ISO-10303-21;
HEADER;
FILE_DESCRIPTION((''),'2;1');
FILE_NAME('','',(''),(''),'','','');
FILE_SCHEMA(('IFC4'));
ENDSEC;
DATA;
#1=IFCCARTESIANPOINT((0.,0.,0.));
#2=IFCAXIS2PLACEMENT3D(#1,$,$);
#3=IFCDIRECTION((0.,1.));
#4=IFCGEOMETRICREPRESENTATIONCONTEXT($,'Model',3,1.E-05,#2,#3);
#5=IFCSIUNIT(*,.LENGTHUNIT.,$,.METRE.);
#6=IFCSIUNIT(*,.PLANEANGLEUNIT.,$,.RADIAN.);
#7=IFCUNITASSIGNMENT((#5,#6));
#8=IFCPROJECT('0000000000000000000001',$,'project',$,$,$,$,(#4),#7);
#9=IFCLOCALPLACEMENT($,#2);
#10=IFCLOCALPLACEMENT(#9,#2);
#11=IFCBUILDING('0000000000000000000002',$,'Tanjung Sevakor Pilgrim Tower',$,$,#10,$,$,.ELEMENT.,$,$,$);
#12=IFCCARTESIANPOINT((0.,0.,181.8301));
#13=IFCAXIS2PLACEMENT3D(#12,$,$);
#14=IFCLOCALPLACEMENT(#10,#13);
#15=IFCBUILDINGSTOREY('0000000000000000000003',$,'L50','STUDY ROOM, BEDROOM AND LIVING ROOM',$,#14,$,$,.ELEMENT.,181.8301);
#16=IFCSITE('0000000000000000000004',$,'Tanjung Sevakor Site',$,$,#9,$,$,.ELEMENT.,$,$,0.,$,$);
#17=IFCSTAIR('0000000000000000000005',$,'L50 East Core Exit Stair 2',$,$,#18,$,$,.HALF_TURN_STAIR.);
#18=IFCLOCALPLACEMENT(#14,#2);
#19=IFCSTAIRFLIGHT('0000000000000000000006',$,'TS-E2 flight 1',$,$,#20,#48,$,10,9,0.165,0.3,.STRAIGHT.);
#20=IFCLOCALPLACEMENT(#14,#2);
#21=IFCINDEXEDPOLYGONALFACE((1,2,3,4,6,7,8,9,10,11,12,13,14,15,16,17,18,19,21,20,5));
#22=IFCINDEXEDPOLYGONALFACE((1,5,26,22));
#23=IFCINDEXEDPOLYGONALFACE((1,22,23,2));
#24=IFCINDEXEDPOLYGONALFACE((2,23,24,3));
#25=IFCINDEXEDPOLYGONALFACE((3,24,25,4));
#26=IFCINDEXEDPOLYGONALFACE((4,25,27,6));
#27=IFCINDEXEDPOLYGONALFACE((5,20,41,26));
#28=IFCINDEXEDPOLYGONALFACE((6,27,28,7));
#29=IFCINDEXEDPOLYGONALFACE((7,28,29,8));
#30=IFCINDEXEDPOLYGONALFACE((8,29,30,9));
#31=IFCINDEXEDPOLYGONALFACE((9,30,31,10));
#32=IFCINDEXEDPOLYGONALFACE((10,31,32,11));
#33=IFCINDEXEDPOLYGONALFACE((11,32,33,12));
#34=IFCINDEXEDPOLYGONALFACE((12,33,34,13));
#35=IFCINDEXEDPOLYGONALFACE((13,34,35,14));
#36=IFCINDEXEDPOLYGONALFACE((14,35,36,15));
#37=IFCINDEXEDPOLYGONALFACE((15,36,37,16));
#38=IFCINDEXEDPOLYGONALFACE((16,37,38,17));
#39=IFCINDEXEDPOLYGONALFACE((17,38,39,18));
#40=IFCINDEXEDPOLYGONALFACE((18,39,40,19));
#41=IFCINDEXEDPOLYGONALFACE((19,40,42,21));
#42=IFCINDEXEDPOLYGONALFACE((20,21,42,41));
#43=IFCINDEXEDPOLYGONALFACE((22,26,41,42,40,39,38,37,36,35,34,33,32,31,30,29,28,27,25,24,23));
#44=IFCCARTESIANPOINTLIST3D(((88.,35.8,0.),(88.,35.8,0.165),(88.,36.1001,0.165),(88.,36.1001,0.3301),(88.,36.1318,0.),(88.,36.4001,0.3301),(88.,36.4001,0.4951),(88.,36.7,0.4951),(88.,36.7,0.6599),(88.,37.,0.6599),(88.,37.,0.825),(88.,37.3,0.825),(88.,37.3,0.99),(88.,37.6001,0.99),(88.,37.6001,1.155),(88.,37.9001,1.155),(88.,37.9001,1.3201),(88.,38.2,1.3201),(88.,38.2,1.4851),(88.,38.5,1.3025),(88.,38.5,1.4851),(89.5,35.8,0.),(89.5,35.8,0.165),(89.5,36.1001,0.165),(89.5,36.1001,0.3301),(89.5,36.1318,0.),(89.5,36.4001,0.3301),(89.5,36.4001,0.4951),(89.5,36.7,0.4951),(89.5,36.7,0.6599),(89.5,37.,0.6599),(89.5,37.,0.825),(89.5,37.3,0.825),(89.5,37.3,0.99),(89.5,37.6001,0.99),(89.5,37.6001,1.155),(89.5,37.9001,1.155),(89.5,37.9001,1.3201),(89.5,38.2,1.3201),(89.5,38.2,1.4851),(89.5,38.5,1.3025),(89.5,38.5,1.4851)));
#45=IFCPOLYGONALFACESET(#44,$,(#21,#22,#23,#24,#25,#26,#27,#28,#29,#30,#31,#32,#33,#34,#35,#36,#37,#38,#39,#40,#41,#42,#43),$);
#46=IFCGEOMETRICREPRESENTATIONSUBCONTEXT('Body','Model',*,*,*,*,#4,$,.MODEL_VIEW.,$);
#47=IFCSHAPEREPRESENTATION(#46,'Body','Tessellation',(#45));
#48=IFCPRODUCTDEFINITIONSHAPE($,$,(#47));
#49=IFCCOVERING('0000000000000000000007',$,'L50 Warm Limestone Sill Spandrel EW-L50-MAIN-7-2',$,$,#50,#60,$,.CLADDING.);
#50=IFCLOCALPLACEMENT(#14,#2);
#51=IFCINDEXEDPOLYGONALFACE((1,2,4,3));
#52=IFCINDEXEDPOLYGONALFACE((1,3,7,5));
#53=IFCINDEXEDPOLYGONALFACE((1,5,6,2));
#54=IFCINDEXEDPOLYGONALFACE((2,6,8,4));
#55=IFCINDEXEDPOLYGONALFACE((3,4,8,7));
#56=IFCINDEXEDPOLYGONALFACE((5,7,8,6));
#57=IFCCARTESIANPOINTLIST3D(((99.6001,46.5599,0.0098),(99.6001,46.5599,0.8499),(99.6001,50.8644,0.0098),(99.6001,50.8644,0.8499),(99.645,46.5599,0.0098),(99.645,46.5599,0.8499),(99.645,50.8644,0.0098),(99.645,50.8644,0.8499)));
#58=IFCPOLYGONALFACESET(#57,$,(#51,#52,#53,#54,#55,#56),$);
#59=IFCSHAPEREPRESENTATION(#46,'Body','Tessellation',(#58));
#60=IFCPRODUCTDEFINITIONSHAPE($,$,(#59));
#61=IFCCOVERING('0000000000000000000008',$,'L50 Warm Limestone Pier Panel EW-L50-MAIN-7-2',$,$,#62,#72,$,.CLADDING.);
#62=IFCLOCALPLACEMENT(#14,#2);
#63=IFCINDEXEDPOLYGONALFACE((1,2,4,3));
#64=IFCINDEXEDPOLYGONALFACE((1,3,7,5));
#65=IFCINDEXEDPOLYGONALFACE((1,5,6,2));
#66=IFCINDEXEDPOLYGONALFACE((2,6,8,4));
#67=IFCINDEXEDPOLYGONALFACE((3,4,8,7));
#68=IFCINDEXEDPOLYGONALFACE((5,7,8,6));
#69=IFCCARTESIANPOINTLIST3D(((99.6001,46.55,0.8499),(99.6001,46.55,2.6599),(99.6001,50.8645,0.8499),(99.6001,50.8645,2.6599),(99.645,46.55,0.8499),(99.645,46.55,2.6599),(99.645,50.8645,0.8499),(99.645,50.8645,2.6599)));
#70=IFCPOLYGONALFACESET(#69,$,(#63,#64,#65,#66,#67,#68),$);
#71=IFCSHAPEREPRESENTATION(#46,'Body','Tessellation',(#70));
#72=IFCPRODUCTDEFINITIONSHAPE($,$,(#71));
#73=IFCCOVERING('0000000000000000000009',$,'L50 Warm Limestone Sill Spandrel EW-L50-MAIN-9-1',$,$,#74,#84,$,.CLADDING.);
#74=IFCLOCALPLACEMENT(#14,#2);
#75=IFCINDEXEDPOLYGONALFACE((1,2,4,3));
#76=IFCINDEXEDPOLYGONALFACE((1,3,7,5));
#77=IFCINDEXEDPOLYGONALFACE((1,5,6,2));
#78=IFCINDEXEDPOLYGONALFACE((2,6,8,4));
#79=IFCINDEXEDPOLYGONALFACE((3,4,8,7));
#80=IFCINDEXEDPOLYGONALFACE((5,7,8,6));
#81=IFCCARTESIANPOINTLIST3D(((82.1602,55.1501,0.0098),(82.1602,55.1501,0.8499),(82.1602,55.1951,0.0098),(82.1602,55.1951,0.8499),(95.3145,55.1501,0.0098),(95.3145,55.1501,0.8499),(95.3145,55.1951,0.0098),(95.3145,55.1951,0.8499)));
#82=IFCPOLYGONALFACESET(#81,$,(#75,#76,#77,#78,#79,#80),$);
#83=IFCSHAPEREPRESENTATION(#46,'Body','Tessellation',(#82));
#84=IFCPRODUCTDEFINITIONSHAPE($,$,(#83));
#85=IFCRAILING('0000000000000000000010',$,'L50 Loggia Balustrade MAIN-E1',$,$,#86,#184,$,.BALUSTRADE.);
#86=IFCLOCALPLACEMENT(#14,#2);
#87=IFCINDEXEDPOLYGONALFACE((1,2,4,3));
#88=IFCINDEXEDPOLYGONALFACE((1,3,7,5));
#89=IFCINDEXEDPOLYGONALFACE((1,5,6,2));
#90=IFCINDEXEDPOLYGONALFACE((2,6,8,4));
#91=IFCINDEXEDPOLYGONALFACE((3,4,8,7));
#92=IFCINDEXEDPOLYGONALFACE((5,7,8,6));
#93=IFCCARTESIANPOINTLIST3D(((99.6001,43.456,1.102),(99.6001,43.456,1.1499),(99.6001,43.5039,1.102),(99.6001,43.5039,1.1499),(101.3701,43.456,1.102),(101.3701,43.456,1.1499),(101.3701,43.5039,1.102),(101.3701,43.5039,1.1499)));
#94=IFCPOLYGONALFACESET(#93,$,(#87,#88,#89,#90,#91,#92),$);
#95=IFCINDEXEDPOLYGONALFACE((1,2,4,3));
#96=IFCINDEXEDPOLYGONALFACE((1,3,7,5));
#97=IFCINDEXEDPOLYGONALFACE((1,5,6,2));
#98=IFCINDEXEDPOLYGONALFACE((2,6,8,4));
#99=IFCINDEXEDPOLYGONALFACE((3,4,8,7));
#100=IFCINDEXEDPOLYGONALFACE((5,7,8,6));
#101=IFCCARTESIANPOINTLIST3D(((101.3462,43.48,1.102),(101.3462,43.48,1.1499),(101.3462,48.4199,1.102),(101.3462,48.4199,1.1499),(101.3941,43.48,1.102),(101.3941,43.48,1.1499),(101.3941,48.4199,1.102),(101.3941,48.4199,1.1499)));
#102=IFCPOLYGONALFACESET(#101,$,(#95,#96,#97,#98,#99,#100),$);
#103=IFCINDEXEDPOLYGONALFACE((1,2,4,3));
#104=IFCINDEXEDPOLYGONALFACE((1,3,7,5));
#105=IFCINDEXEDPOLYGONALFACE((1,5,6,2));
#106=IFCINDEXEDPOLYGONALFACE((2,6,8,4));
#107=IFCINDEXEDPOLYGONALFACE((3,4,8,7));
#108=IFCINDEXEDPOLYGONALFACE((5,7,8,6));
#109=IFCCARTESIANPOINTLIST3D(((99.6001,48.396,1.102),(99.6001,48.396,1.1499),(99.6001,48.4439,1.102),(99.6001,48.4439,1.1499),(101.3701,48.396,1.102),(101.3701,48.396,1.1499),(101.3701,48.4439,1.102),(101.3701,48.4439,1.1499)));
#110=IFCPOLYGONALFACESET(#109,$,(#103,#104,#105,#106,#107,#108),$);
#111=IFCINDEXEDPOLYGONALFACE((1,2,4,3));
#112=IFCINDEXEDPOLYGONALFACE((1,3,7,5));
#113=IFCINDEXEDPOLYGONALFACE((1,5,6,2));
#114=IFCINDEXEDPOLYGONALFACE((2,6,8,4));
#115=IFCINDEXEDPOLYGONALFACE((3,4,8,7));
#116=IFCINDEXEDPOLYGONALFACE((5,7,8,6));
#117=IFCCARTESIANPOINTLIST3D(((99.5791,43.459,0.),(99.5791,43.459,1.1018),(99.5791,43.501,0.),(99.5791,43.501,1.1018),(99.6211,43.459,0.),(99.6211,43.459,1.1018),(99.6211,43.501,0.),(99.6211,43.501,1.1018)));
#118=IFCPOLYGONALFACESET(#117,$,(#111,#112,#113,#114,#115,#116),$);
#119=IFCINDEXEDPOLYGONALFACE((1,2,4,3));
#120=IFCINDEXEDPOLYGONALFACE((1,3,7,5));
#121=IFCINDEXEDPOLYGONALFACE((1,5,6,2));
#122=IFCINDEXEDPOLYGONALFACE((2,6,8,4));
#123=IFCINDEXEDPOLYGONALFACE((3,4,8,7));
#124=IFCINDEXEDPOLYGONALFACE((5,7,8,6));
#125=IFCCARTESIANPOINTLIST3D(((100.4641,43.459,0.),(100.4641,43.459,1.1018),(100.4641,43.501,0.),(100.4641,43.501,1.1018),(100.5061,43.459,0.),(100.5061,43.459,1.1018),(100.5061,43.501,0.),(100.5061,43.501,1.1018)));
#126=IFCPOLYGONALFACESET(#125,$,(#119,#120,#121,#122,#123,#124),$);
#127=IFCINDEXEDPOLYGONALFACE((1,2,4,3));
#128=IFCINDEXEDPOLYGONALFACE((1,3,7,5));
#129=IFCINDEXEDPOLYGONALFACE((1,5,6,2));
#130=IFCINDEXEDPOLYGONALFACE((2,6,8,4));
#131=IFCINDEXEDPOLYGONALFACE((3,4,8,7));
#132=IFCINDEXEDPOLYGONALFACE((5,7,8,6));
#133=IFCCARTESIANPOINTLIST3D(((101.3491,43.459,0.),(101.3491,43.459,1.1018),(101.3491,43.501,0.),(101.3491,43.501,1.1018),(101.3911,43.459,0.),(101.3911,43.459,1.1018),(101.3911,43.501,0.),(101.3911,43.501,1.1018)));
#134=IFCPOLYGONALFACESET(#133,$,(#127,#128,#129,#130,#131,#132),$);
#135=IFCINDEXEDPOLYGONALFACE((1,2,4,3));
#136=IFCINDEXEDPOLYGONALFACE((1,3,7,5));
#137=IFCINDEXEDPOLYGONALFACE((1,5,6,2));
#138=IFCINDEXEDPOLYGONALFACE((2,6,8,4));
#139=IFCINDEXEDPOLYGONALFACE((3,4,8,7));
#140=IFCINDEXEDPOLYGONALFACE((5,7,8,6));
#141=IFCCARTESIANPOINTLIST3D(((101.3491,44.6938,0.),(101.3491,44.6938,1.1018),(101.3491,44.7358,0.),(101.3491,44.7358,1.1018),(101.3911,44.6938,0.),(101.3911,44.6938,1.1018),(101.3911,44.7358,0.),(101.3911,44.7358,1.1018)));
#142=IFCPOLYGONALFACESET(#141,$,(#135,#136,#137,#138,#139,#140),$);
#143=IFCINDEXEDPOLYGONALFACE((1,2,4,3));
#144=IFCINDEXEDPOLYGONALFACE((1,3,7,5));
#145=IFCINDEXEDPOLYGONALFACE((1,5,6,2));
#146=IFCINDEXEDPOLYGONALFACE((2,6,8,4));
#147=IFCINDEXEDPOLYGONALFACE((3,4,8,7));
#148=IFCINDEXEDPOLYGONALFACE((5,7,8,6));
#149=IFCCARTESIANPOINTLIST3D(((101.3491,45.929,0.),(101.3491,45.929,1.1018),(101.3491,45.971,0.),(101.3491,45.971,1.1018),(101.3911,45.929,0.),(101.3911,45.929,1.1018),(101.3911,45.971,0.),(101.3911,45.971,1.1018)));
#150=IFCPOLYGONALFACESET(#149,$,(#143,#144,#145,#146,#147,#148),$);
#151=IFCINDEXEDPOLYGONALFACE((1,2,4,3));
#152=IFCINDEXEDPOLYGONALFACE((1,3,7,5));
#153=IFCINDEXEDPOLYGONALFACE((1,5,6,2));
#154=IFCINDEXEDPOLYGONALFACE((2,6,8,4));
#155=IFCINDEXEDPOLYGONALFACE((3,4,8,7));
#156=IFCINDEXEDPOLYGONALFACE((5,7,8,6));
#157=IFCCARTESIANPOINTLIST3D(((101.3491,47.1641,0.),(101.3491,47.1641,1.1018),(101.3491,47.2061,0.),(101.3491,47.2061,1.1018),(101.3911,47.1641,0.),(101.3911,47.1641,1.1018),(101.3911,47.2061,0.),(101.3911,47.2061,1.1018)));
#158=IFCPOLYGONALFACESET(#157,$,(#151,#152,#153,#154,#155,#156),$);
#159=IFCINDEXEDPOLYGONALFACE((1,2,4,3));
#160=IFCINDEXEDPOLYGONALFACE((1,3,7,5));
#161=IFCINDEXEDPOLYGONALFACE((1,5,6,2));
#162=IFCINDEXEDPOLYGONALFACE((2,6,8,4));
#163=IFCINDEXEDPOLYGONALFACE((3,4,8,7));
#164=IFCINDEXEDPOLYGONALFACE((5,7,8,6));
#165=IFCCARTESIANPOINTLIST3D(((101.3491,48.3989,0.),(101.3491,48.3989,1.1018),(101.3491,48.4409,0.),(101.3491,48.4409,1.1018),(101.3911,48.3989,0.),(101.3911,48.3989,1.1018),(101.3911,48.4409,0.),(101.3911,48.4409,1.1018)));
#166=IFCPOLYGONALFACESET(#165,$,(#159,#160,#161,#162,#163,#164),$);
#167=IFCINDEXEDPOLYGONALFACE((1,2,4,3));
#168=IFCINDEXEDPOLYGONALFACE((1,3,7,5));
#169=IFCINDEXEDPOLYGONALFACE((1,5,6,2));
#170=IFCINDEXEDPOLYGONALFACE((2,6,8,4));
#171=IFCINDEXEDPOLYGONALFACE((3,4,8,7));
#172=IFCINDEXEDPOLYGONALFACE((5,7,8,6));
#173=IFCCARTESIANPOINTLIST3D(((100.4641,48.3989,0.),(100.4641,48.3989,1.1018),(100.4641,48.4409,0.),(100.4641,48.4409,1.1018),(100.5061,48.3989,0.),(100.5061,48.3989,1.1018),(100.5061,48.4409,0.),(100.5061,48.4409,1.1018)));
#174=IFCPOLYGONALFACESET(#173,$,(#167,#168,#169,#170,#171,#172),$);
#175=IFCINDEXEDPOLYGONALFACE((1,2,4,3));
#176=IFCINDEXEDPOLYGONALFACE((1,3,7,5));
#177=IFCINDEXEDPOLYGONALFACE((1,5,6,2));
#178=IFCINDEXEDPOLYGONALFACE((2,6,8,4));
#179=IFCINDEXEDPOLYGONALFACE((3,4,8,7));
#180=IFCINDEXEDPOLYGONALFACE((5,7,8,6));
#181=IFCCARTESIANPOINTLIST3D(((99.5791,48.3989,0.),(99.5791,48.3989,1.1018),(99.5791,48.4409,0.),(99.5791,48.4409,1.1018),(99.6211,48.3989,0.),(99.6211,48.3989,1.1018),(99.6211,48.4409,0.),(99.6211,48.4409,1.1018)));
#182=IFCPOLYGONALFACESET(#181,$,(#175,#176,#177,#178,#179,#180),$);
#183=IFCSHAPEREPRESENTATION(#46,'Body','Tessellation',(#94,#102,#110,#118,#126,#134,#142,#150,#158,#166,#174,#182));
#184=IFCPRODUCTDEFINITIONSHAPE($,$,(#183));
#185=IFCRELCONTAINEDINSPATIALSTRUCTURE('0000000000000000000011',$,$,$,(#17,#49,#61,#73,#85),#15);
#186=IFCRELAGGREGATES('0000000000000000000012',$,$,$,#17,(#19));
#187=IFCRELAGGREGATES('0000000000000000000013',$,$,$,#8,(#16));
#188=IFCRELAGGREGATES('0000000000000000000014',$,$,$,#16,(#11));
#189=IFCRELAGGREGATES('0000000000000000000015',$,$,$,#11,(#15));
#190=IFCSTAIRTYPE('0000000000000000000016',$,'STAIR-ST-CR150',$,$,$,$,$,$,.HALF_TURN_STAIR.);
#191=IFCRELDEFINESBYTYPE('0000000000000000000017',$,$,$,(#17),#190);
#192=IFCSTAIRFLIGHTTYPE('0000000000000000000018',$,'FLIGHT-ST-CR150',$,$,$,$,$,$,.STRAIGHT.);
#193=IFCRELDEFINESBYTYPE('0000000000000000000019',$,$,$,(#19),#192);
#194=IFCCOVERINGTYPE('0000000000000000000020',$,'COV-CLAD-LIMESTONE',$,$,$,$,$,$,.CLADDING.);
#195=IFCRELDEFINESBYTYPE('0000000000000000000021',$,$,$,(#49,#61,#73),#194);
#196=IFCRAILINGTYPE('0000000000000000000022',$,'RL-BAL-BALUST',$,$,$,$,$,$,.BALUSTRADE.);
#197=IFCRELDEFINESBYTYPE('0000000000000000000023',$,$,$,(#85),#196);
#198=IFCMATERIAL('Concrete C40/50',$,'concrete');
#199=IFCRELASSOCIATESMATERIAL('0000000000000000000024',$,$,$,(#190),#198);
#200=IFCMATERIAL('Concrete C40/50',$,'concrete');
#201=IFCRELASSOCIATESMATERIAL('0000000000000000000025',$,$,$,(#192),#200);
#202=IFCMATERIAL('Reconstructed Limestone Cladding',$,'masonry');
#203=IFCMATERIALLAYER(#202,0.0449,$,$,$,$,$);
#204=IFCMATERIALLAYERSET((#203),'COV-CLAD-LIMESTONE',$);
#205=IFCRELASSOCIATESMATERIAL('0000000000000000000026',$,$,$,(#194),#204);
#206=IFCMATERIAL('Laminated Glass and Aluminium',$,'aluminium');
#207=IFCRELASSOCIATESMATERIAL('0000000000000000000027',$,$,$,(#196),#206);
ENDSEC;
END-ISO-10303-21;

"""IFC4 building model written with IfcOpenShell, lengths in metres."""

from ifc_helpers import new_model, si_unit, direction, frame, origin, origin_2d, place, context, subcontext, project, spatial, polyline, rectangle, outline, extrude, material, layer, layer_set, type_object, element, aggregate, save


model = new_model("IFC4")

# Units and contexts
model_context = context("Model", 3, precision=1e-05, world=origin(), true_north=direction((0.0, 1.0)))
body_context = subcontext(model_context, "Body", "Model", "MODEL_VIEW")
ifc_project = project(units=[si_unit("LENGTHUNIT", "METRE"), si_unit("PLANEANGLEUNIT", "RADIAN")], contexts=[model_context])

# Site, building, storey
site_placement = place(None, origin())
site = spatial("IfcSite", under=ifc_project, at=site_placement, Name="Tanjung Sevakor Site", CompositionType="ELEMENT", RefElevation=0.0)
building_placement = place(site_placement, origin())
building = spatial("IfcBuilding", under=site, at=building_placement, Name="Tanjung Sevakor Pilgrim Tower", CompositionType="ELEMENT")
storey_placement = place(building_placement, frame((0.0, 0.0, 181.8301)))
storey = spatial("IfcBuildingStorey", under=building, at=storey_placement, Name="L50", Description="STUDY ROOM, BEDROOM AND LIVING ROOM", CompositionType="ELEMENT", Elevation=181.8301)

# Stair, stair flight
ifc_material_1 = material(Name="Concrete C40/50", Category="concrete")
stair_type = type_object("IfcStairType", Name="STAIR-ST-CR150", PredefinedType="HALF_TURN_STAIR", material=ifc_material_1)
stair_placement = place(storey_placement, origin())
stair = element("IfcStair", 1, at=stair_placement, inside=storey, type_object=stair_type, Name="L50 East Core Exit Stair 2", PredefinedType="HALF_TURN_STAIR")
ifc_material_2 = material(Name="Concrete C40/50", Category="concrete")
stair_flight_type = type_object("IfcStairFlightType", Name="FLIGHT-ST-CR150", PredefinedType="STRAIGHT", material=ifc_material_2)
stair_flight_placement = place(storey_placement, frame((88.75, 35.8, 0.0), z_axis=(0.0, 0.0, 1.0), x_axis=(0.0, 1.0, 0.0)))
stair_flight = element("IfcStairFlight", 2, at=stair_flight_placement, type_object=stair_flight_type, Name="TS-E2 flight 1", NumberOfRisers=10, NumberOfTreads=9, PredefinedType="STRAIGHT", RiserHeight=0.165, TreadLength=0.3, context=body_context, shape_type="SweptSolid", body=[
    extrude(outline(polyline([(0.0, 0.0), (0.0, 0.165), (0.3, 0.165), (0.3, 0.3301), (0.6001, 0.3301), (0.6001, 0.4951), (0.8999, 0.4951), (0.8999, 0.6599), (1.2, 0.6599), (1.2, 0.825), (1.5, 0.825), (1.5, 0.99), (1.8, 0.99), (1.8, 1.155), (2.1001, 1.155), (2.1001, 1.3201), (2.3999, 1.3201), (2.3999, 1.4851), (2.7, 1.4851), (2.7, 1.6499), (2.7, 1.3025), (0.3318, 0.0), (0.0, 0.0)])), frame((0.0, 0.75, 0.0), z_axis=(0.0, -1.0, 0.0), x_axis=(1.0, 0.0, 0.0)), (0.0, 0.0, 1.0), 1.5),
])
aggregate(stair, [stair_flight])

# Coverings
ifc_material_3 = material(Name="Reconstructed Limestone Cladding", Category="masonry")
ifc_layer_1 = layer(ifc_material_3, 0.0449)
ifc_layer_set_1 = layer_set([ifc_layer_1], Name="COV-CLAD-LIMESTONE")
covering_type = type_object("IfcCoveringType", Name="COV-CLAD-LIMESTONE", PredefinedType="CLADDING", material=ifc_layer_set_1)
covering_1_placement = place(storey_placement, frame((99.6226, 48.7122, 0.0098), z_axis=(0.0, 0.0, 1.0), x_axis=(0.0, 1.0, 0.0)))
element("IfcCovering", 3, at=covering_1_placement, inside=storey, type_object=covering_type, Name="L50 Warm Limestone Sill Spandrel EW-L50-MAIN-7-2", PredefinedType="CLADDING", context=body_context, shape_type="SweptSolid", body=[
    extrude(rectangle(XDim=4.3044, YDim=0.0449, at=origin_2d()), origin(), (0.0, 0.0, 1.0), 0.8401),
])
covering_2_placement = place(storey_placement, frame((99.6226, 48.7073, 0.8499), z_axis=(0.0, 0.0, 1.0), x_axis=(0.0, 1.0, 0.0)))
element("IfcCovering", 4, at=covering_2_placement, inside=storey, type_object=covering_type, Name="L50 Warm Limestone Pier Panel EW-L50-MAIN-7-2", PredefinedType="CLADDING", context=body_context, shape_type="SweptSolid", body=[
    extrude(rectangle(XDim=4.3145, YDim=0.0449, at=origin_2d()), origin(), (0.0, 0.0, 1.0), 1.8101),
])
covering_3_placement = place(storey_placement, frame((88.7373, 55.1726, 0.0098), z_axis=(0.0, 0.0, 1.0), x_axis=(-1.0, 0.0, 0.0)))
element("IfcCovering", 5, at=covering_3_placement, inside=storey, type_object=covering_type, Name="L50 Warm Limestone Sill Spandrel EW-L50-MAIN-9-1", PredefinedType="CLADDING", context=body_context, shape_type="SweptSolid", body=[
    extrude(rectangle(XDim=13.1543, YDim=0.0449, at=origin_2d()), origin(), (0.0, 0.0, 1.0), 0.8401),
])

# Railing
ifc_material_4 = material(Name="Laminated Glass and Aluminium", Category="aluminium")
railing_type_1 = type_object("IfcRailingType", Name="RL-BAL-BALUST", PredefinedType="BALUSTRADE", material=ifc_material_4)
railing_1_placement = place(storey_placement, frame((99.6001, 43.48, 0.0)))
element("IfcRailing", 6, at=railing_1_placement, inside=storey, type_object=railing_type_1, Name="L50 Loggia Balustrade MAIN-E1", PredefinedType="BALUSTRADE", context=body_context, shape_type="SweptSolid", body=[
    extrude(rectangle(XDim=0.0479, YDim=0.0479), frame((0.0, 0.0, 1.126), z_axis=(1.0, 0.0, 0.0), x_axis=(0.0, 1.0, 0.0)), (0.0, 0.0, 1.0), 1.77),
    extrude(rectangle(XDim=0.0479, YDim=0.0479), frame((1.77, 0.0, 1.126), z_axis=(0.0, 1.0, 0.0), x_axis=(-1.0, 0.0, 0.0)), (0.0, 0.0, 1.0), 4.9399),
    extrude(rectangle(XDim=0.0479, YDim=0.0479), frame((1.77, 4.9399, 1.126), z_axis=(-1.0, 0.0, 0.0), x_axis=(0.0, -1.0, 0.0)), (0.0, 0.0, 1.0), 1.77),
    extrude(rectangle(XDim=0.042, YDim=0.042), origin(), (0.0, 0.0, 1.0), 1.1018),
    extrude(rectangle(XDim=0.042, YDim=0.042), frame((0.885, 0.0, 0.0)), (0.0, 0.0, 1.0), 1.1018),
    extrude(rectangle(XDim=0.042, YDim=0.042), frame((1.77, 0.0, 0.0)), (0.0, 0.0, 1.0), 1.1018),
    extrude(rectangle(XDim=0.042, YDim=0.042), frame((1.77, 1.2349, 0.0)), (0.0, 0.0, 1.0), 1.1018),
    extrude(rectangle(XDim=0.042, YDim=0.042), frame((1.77, 2.47, 0.0)), (0.0, 0.0, 1.0), 1.1018),
    extrude(rectangle(XDim=0.042, YDim=0.042), frame((1.77, 3.7051, 0.0)), (0.0, 0.0, 1.0), 1.1018),
    extrude(rectangle(XDim=0.042, YDim=0.042), frame((1.77, 4.9399, 0.0)), (0.0, 0.0, 1.0), 1.1018),
    extrude(rectangle(XDim=0.042, YDim=0.042), frame((0.885, 4.9399, 0.0)), (0.0, 0.0, 1.0), 1.1018),
    extrude(rectangle(XDim=0.042, YDim=0.042), frame((0.0, 4.9399, 0.0)), (0.0, 0.0, 1.0), 1.1018),
])

save(model, "model.ifc")
